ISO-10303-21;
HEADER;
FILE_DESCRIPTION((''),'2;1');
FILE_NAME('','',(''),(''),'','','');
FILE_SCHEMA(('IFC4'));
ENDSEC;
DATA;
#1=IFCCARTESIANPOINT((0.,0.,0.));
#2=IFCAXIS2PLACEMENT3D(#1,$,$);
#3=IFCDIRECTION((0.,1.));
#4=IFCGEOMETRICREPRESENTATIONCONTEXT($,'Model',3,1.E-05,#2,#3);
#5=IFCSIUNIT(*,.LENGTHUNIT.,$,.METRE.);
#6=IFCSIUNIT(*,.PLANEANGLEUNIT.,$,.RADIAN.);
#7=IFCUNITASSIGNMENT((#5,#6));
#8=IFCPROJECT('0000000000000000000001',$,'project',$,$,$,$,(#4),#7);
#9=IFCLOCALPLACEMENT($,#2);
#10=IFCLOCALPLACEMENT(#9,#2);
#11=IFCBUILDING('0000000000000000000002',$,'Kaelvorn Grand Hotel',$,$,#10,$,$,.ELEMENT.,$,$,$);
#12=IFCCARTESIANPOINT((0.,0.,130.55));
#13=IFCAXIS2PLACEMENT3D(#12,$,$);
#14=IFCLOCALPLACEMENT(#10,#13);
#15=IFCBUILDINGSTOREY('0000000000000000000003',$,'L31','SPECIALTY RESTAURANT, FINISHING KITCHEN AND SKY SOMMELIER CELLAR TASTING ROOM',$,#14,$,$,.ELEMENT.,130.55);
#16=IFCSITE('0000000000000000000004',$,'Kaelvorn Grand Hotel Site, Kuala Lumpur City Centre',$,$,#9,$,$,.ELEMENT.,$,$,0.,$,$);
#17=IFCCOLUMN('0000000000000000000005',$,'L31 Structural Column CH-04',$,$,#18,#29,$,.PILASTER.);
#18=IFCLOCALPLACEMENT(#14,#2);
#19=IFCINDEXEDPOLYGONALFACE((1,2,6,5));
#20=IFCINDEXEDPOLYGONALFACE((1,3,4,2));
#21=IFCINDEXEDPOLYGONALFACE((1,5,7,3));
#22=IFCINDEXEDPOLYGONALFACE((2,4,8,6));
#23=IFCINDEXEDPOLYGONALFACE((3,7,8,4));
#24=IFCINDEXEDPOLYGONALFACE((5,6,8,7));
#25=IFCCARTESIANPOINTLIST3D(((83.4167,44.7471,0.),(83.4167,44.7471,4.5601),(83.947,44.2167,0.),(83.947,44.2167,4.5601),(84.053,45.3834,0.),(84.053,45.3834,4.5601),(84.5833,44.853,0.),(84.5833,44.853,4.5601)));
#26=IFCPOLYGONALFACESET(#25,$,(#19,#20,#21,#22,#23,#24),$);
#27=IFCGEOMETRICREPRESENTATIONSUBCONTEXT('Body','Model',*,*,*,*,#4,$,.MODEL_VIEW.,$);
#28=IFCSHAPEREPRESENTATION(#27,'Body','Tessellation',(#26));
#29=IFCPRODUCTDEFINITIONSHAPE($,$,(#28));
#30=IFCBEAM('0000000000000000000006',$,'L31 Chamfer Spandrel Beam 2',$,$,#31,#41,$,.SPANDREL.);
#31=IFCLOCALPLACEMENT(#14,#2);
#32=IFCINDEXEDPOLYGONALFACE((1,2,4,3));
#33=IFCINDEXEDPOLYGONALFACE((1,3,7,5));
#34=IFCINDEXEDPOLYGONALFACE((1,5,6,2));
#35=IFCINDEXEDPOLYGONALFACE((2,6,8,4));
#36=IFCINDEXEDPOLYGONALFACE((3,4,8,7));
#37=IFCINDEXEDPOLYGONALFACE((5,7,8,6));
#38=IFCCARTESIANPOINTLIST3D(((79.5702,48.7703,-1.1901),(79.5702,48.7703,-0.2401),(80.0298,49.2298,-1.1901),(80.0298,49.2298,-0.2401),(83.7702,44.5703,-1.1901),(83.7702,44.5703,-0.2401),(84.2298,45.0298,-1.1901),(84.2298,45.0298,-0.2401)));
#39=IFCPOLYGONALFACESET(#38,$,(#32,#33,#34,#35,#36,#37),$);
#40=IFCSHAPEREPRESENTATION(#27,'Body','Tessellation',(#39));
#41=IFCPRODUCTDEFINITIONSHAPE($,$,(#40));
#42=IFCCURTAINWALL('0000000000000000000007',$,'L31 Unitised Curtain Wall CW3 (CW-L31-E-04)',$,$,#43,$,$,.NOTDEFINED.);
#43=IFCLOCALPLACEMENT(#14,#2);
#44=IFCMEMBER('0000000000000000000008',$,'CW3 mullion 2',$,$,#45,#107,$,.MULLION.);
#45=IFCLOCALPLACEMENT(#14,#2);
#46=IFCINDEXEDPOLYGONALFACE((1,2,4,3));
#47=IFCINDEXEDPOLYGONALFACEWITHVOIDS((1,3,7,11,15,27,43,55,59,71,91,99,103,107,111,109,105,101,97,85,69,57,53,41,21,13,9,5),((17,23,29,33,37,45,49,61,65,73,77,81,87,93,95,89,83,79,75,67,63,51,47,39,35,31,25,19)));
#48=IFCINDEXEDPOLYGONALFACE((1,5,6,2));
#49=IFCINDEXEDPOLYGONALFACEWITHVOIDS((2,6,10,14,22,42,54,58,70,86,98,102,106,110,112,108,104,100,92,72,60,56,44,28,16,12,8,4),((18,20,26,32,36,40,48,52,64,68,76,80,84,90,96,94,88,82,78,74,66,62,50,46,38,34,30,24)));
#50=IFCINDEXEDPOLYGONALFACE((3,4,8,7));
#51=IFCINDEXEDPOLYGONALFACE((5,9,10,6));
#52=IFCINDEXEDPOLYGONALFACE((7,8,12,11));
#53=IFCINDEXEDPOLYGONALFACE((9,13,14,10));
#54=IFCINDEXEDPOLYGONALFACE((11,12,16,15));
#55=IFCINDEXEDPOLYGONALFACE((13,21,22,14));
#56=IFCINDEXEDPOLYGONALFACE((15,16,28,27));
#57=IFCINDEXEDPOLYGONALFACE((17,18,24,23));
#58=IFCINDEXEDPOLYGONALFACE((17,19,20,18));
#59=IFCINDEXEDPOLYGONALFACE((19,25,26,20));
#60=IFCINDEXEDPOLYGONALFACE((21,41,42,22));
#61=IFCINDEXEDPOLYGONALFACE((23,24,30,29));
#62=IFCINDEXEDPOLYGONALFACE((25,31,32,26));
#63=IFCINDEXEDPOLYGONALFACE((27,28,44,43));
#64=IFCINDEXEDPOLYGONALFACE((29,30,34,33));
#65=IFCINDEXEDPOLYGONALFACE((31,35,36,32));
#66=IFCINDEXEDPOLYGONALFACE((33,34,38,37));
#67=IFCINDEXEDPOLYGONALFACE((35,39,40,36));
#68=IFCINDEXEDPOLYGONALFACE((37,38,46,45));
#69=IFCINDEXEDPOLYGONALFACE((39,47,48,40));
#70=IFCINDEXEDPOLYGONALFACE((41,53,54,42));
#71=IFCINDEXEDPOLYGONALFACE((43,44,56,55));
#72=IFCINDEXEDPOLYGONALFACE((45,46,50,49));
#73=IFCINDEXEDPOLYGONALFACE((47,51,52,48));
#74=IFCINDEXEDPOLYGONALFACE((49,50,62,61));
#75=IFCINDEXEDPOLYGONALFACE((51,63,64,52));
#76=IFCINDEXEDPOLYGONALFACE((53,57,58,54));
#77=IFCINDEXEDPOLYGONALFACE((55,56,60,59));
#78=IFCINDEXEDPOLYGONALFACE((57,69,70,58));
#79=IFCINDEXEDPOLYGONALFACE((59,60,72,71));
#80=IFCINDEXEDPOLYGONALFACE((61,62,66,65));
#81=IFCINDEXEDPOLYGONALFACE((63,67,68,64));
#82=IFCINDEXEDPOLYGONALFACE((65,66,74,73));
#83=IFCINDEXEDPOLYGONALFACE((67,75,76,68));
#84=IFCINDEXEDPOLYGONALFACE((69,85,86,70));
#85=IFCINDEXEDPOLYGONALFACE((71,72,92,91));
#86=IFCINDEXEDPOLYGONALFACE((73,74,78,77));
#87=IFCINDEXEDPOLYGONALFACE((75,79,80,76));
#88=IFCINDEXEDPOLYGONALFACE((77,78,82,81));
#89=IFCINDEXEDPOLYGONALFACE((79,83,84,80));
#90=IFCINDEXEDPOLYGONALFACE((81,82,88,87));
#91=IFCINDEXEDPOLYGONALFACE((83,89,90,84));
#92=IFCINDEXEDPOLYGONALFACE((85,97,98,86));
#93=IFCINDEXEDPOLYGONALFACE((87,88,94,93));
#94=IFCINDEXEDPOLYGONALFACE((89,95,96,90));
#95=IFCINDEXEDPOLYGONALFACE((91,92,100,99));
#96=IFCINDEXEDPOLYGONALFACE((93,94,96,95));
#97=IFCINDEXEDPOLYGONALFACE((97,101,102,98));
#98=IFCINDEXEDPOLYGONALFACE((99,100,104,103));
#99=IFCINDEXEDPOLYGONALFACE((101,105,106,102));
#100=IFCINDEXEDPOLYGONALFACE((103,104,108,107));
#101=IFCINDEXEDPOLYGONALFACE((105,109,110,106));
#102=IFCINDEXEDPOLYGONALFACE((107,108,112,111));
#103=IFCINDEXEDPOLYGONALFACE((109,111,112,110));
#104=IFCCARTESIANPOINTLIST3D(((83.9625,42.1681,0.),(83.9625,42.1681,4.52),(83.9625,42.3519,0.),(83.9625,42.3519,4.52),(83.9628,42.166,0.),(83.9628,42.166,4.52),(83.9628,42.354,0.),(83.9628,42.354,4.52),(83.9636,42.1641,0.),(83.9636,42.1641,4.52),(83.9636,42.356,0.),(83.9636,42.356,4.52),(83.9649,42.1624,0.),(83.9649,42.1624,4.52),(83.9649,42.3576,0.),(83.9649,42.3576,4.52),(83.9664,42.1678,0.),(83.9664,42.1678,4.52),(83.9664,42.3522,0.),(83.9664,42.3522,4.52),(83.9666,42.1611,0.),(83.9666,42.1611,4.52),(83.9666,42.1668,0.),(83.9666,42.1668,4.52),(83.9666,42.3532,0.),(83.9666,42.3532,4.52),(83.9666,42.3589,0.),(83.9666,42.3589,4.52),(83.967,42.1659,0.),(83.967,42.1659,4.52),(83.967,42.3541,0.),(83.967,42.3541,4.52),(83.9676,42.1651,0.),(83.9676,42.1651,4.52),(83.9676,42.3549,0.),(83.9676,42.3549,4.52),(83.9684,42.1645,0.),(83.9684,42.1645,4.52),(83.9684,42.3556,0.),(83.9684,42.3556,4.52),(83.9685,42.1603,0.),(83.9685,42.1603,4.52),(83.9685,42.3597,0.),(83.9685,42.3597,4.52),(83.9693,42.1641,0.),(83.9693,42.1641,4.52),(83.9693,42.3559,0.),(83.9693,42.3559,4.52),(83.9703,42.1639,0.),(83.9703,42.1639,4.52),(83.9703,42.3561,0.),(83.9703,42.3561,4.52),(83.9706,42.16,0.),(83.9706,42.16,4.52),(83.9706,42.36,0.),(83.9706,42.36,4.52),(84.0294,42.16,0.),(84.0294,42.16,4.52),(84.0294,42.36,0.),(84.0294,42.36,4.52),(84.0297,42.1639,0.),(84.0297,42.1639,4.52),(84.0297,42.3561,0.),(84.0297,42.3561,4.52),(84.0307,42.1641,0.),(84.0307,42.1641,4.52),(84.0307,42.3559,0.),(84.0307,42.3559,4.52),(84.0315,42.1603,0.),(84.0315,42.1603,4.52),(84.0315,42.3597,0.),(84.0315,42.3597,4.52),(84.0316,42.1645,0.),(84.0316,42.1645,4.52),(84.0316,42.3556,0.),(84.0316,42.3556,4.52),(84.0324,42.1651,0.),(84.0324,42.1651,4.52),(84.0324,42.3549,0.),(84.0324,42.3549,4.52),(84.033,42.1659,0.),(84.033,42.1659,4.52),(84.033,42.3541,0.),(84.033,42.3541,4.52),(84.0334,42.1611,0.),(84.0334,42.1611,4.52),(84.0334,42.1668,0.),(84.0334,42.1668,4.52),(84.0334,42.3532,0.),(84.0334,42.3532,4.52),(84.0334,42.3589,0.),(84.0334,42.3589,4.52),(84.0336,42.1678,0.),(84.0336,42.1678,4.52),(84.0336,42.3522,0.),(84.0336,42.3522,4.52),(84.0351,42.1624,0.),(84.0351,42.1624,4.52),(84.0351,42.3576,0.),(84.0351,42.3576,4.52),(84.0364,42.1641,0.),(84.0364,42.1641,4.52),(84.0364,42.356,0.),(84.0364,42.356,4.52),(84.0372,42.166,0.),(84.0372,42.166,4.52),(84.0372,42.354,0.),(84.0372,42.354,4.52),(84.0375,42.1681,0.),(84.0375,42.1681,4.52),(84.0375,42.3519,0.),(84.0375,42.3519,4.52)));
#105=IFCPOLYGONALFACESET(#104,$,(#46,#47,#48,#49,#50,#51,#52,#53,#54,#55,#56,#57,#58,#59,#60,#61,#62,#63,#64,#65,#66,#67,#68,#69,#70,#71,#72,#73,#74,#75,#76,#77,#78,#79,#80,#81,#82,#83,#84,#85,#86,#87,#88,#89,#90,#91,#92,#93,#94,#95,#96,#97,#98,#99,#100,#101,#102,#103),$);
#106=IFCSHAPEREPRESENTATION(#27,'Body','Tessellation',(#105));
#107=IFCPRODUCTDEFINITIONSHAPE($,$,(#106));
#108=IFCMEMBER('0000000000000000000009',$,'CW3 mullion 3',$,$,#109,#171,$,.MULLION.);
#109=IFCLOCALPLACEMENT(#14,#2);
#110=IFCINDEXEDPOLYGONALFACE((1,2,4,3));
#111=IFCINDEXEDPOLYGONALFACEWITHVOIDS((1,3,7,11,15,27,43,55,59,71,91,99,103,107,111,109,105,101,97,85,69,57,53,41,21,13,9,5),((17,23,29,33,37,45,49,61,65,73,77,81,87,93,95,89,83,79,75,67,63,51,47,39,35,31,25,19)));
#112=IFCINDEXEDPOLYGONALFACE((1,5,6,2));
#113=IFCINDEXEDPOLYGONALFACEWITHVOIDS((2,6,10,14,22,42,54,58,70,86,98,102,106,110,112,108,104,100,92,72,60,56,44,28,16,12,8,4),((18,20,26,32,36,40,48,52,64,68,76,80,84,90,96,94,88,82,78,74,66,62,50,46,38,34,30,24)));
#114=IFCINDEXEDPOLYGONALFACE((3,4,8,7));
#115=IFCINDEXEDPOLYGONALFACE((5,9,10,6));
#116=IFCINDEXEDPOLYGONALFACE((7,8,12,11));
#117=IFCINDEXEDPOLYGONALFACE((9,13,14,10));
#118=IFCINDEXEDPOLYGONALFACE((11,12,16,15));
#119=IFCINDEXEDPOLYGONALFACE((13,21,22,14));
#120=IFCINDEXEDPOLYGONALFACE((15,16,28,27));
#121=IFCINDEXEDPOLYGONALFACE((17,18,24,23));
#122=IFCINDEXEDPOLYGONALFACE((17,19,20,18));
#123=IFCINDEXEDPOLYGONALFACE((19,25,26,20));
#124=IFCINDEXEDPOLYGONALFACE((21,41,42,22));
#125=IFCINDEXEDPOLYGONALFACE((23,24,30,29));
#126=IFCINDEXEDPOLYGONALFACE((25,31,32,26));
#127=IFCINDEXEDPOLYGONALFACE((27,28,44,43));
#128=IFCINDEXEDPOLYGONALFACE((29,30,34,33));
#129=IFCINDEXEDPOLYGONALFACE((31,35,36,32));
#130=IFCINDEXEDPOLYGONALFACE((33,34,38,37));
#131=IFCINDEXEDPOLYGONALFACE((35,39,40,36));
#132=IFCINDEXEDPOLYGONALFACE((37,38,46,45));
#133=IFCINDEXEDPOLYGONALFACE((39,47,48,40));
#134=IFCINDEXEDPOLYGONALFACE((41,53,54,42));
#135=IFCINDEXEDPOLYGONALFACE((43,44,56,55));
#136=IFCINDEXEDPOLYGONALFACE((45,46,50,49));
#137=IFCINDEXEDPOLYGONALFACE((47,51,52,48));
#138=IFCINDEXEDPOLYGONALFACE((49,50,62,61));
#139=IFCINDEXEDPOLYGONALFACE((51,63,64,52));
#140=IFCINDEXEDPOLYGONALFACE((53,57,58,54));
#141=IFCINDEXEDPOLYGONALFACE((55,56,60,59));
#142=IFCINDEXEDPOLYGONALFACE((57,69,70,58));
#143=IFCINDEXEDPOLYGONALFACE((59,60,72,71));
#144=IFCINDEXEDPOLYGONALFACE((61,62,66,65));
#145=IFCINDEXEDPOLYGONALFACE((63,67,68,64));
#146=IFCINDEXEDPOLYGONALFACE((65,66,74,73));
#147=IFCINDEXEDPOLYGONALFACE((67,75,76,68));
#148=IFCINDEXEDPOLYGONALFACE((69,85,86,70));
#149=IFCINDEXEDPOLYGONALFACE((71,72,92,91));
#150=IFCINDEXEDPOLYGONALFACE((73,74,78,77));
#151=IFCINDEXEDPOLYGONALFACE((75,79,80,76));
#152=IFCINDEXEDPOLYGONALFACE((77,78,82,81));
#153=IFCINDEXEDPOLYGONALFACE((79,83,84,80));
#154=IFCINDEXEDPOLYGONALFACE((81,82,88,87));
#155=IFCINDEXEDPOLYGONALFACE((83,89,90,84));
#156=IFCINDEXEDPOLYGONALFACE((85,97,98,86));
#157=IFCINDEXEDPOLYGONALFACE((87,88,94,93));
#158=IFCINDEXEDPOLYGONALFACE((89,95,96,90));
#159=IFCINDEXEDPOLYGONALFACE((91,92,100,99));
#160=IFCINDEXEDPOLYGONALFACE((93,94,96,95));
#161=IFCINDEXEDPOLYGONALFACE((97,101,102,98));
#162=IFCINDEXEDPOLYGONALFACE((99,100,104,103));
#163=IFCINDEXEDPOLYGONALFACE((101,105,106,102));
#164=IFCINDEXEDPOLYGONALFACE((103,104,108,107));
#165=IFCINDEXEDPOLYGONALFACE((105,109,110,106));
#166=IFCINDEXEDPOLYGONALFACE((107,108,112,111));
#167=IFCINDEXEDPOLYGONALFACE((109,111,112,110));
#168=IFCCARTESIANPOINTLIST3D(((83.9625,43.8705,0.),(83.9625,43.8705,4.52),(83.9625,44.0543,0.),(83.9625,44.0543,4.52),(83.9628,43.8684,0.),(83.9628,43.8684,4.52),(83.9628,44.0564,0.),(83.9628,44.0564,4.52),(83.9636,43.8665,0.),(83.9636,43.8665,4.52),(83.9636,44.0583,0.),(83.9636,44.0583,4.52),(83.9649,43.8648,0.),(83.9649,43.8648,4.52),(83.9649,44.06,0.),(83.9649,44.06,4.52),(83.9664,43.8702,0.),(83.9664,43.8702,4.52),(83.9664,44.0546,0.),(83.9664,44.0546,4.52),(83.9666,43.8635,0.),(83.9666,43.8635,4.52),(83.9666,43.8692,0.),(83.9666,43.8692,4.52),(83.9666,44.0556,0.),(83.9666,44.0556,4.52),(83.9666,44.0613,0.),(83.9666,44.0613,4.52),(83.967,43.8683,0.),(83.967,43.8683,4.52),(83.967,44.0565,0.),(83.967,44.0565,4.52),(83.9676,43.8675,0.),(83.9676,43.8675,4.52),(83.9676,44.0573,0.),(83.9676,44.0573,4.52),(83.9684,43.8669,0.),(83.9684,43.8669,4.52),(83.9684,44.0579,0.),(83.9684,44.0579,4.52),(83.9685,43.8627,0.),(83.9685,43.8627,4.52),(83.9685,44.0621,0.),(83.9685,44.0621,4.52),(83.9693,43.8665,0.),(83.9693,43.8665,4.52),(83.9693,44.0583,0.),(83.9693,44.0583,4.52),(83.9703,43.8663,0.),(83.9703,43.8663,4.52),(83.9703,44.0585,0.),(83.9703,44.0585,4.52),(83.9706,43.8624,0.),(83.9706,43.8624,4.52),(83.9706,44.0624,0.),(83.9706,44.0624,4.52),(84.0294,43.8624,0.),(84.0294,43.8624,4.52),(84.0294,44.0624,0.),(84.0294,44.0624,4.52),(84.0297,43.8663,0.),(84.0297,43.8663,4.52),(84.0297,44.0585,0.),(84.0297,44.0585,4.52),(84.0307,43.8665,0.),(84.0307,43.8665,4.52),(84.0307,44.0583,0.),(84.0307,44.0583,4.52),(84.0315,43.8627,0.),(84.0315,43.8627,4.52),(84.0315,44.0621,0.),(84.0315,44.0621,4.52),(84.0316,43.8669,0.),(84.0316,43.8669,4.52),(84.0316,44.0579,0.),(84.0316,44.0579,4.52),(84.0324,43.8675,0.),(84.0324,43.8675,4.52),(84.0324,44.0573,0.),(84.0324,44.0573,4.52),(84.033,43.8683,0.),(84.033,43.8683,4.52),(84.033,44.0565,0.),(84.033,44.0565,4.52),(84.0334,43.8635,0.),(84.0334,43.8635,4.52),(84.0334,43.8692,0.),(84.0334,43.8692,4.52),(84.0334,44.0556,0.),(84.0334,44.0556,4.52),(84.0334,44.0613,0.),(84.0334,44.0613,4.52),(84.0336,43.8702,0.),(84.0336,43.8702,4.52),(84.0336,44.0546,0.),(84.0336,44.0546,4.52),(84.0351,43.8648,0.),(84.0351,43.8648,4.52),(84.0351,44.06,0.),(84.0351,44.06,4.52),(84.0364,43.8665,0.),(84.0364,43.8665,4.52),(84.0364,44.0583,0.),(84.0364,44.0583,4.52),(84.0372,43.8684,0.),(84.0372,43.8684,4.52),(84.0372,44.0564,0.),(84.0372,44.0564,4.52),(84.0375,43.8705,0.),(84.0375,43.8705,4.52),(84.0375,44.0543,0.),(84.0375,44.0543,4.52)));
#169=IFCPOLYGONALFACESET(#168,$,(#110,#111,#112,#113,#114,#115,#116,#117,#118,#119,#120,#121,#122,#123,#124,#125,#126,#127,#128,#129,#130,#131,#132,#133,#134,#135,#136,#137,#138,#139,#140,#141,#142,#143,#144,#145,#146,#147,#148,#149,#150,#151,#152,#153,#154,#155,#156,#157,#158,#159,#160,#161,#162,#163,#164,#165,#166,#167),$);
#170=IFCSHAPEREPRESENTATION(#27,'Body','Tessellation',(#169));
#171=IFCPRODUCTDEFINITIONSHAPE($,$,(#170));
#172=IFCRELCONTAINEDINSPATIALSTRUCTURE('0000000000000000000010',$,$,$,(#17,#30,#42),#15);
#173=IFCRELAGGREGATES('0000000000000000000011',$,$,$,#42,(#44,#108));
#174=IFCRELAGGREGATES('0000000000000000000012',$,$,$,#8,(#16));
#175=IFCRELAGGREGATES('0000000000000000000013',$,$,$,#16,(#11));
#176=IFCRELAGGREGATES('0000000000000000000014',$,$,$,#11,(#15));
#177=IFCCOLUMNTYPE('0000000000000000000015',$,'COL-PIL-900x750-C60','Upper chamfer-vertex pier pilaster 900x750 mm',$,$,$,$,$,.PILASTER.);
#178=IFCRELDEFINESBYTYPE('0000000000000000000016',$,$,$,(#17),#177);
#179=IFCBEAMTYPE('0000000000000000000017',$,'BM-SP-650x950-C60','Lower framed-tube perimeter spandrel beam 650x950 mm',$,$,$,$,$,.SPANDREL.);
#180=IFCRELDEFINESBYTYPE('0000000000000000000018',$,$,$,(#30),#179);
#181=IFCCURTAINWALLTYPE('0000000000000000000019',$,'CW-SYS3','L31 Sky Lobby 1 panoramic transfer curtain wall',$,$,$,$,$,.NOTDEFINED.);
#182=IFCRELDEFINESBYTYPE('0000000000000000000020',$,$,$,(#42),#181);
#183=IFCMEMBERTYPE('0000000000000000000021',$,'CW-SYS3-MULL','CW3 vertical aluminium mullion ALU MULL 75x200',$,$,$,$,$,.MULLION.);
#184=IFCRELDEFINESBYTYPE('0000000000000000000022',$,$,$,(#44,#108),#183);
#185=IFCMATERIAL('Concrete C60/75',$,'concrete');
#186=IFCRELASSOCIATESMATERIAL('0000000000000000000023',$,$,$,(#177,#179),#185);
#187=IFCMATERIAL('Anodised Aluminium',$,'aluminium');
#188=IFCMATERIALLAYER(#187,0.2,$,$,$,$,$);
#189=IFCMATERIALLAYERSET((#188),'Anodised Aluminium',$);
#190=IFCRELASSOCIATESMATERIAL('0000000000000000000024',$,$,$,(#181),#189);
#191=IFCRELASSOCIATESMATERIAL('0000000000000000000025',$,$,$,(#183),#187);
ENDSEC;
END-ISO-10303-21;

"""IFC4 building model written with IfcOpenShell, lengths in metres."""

from ifc_helpers import new_model, si_unit, direction, frame, origin, origin_2d, place, context, subcontext, project, spatial, rectangle, hollow_rectangle, extrude, material, layer, layer_set, material_profile, profile_set, type_object, element, aggregate, save


model = new_model("IFC4")

# Units and contexts
model_context = context("Model", 3, precision=1e-05, world=origin(), true_north=direction((0.0, 1.0)))
body_context = subcontext(model_context, "Body", "Model", "MODEL_VIEW")
ifc_project = project(units=[si_unit("LENGTHUNIT", "METRE"), si_unit("PLANEANGLEUNIT", "RADIAN")], contexts=[model_context])

# Site, building, storey
site_placement = place(None, origin())
site = spatial("IfcSite", under=ifc_project, at=site_placement, Name="Kaelvorn Grand Hotel Site, Kuala Lumpur City Centre", CompositionType="ELEMENT", RefElevation=0.0)
building_placement = place(site_placement, origin())
building = spatial("IfcBuilding", under=site, at=building_placement, Name="Kaelvorn Grand Hotel", CompositionType="ELEMENT")
storey_placement = place(building_placement, frame((0.0, 0.0, 130.55)))
storey = spatial("IfcBuildingStorey", under=building, at=storey_placement, Name="L31", Description="SPECIALTY RESTAURANT, FINISHING KITCHEN AND SKY SOMMELIER CELLAR TASTING ROOM", CompositionType="ELEMENT", Elevation=130.55)

# Column
ifc_material_1 = material(Name="Concrete C60/75", Category="concrete")
ifc_material_profile_1 = material_profile(ifc_material_1, rectangle(XDim=0.8999, YDim=0.75, at=origin_2d()), Name="RC PILASTER 900x750")
ifc_profile_set_1 = profile_set([ifc_material_profile_1], Name="Concrete C60/75")
column_type = type_object("IfcColumnType", Name="COL-PIL-900x750-C60", Description="Upper chamfer-vertex pier pilaster 900x750 mm", PredefinedType="PILASTER", material=ifc_profile_set_1)
column_placement = place(storey_placement, frame((84.0, 44.8, 0.0), z_axis=(0.0, 0.0, 1.0), x_axis=(0.707107, 0.707107, 0.0)))
element("IfcColumn", 1, at=column_placement, inside=storey, type_object=column_type, Name="L31 Structural Column CH-04", PredefinedType="PILASTER", context=body_context, shape_type="SweptSolid", body=[
    extrude(rectangle(XDim=0.8999, YDim=0.75, at=origin_2d()), origin(), (0.0, 0.0, 1.0), 4.5601),
])

# Beam
ifc_material_profile_2 = material_profile(ifc_material_1, rectangle(XDim=0.6499, YDim=0.95, at=origin_2d()), Name="RC SPANDREL 650x950")
ifc_profile_set_2 = profile_set([ifc_material_profile_2], Name="Concrete C60/75")
beam_type = type_object("IfcBeamType", Name="BM-SP-650x950-C60", Description="Lower framed-tube perimeter spandrel beam 650x950 mm", PredefinedType="SPANDREL", material=ifc_profile_set_2)
beam_placement = place(storey_placement, frame((84.0, 44.8, -0.7151), z_axis=(-0.707107, 0.707107, 0.0), x_axis=(-0.707107, -0.707107, 0.0)))
element("IfcBeam", 2, at=beam_placement, inside=storey, type_object=beam_type, Name="L31 Chamfer Spandrel Beam 2", PredefinedType="SPANDREL", context=body_context, shape_type="SweptSolid", body=[
    extrude(rectangle(XDim=0.6499, YDim=0.95, at=origin_2d()), origin(), (0.0, 0.0, 1.0), 5.9397),
])

# Curtain wall, members
ifc_material_2 = material(Name="Anodised Aluminium", Category="aluminium")
ifc_layer_1 = layer(ifc_material_2, 0.2)
ifc_layer_set_1 = layer_set([ifc_layer_1], Name="Anodised Aluminium")
curtain_wall_type = type_object("IfcCurtainWallType", Name="CW-SYS3", Description="L31 Sky Lobby 1 panoramic transfer curtain wall", PredefinedType="NOTDEFINED", material=ifc_layer_set_1)
curtain_wall_placement = place(storey_placement, origin())
curtain_wall = element("IfcCurtainWall", 3, at=curtain_wall_placement, inside=storey, type_object=curtain_wall_type, Name="L31 Unitised Curtain Wall CW3 (CW-L31-E-04)", PredefinedType="NOTDEFINED")
ifc_material_profile_3 = material_profile(ifc_material_2, hollow_rectangle(XDim=0.075, YDim=0.2, WallThickness=0.0039, InnerFilletRadius=0.0039, OuterFilletRadius=0.0081, at=origin_2d()), Name="ALU MULL 75x200")
ifc_profile_set_3 = profile_set([ifc_material_profile_3], Name="Anodised Aluminium")
member_type_1 = type_object("IfcMemberType", Name="CW-SYS3-MULL", Description="CW3 vertical aluminium mullion ALU MULL 75x200", PredefinedType="MULLION", material=ifc_profile_set_3)
member_1_placement = place(storey_placement, frame((84.0, 42.26, 0.0), z_axis=(0.0, 0.0, 1.0), x_axis=(-1.0, 0.0, 0.0)))
member_1 = element("IfcMember", 4, at=member_1_placement, type_object=member_type_1, Name="CW3 mullion 2", PredefinedType="MULLION", context=body_context, shape_type="SweptSolid", body=[
    extrude(hollow_rectangle(XDim=0.075, YDim=0.2, WallThickness=0.0039, InnerFilletRadius=0.0039, OuterFilletRadius=0.0081, at=origin_2d()), origin(), (0.0, 0.0, 1.0), 4.52),
])
member_2_placement = place(storey_placement, frame((84.0, 43.9624, 0.0), z_axis=(0.0, 0.0, 1.0), x_axis=(-1.0, 0.0, 0.0)))
member_2 = element("IfcMember", 5, at=member_2_placement, type_object=member_type_1, Name="CW3 mullion 3", PredefinedType="MULLION", context=body_context, shape_type="SweptSolid", body=[
    extrude(hollow_rectangle(XDim=0.075, YDim=0.2, WallThickness=0.0039, InnerFilletRadius=0.0039, OuterFilletRadius=0.0081, at=origin_2d()), origin(), (0.0, 0.0, 1.0), 4.52),
])
aggregate(curtain_wall, [member_1, member_2])

save(model, "model.ifc")
